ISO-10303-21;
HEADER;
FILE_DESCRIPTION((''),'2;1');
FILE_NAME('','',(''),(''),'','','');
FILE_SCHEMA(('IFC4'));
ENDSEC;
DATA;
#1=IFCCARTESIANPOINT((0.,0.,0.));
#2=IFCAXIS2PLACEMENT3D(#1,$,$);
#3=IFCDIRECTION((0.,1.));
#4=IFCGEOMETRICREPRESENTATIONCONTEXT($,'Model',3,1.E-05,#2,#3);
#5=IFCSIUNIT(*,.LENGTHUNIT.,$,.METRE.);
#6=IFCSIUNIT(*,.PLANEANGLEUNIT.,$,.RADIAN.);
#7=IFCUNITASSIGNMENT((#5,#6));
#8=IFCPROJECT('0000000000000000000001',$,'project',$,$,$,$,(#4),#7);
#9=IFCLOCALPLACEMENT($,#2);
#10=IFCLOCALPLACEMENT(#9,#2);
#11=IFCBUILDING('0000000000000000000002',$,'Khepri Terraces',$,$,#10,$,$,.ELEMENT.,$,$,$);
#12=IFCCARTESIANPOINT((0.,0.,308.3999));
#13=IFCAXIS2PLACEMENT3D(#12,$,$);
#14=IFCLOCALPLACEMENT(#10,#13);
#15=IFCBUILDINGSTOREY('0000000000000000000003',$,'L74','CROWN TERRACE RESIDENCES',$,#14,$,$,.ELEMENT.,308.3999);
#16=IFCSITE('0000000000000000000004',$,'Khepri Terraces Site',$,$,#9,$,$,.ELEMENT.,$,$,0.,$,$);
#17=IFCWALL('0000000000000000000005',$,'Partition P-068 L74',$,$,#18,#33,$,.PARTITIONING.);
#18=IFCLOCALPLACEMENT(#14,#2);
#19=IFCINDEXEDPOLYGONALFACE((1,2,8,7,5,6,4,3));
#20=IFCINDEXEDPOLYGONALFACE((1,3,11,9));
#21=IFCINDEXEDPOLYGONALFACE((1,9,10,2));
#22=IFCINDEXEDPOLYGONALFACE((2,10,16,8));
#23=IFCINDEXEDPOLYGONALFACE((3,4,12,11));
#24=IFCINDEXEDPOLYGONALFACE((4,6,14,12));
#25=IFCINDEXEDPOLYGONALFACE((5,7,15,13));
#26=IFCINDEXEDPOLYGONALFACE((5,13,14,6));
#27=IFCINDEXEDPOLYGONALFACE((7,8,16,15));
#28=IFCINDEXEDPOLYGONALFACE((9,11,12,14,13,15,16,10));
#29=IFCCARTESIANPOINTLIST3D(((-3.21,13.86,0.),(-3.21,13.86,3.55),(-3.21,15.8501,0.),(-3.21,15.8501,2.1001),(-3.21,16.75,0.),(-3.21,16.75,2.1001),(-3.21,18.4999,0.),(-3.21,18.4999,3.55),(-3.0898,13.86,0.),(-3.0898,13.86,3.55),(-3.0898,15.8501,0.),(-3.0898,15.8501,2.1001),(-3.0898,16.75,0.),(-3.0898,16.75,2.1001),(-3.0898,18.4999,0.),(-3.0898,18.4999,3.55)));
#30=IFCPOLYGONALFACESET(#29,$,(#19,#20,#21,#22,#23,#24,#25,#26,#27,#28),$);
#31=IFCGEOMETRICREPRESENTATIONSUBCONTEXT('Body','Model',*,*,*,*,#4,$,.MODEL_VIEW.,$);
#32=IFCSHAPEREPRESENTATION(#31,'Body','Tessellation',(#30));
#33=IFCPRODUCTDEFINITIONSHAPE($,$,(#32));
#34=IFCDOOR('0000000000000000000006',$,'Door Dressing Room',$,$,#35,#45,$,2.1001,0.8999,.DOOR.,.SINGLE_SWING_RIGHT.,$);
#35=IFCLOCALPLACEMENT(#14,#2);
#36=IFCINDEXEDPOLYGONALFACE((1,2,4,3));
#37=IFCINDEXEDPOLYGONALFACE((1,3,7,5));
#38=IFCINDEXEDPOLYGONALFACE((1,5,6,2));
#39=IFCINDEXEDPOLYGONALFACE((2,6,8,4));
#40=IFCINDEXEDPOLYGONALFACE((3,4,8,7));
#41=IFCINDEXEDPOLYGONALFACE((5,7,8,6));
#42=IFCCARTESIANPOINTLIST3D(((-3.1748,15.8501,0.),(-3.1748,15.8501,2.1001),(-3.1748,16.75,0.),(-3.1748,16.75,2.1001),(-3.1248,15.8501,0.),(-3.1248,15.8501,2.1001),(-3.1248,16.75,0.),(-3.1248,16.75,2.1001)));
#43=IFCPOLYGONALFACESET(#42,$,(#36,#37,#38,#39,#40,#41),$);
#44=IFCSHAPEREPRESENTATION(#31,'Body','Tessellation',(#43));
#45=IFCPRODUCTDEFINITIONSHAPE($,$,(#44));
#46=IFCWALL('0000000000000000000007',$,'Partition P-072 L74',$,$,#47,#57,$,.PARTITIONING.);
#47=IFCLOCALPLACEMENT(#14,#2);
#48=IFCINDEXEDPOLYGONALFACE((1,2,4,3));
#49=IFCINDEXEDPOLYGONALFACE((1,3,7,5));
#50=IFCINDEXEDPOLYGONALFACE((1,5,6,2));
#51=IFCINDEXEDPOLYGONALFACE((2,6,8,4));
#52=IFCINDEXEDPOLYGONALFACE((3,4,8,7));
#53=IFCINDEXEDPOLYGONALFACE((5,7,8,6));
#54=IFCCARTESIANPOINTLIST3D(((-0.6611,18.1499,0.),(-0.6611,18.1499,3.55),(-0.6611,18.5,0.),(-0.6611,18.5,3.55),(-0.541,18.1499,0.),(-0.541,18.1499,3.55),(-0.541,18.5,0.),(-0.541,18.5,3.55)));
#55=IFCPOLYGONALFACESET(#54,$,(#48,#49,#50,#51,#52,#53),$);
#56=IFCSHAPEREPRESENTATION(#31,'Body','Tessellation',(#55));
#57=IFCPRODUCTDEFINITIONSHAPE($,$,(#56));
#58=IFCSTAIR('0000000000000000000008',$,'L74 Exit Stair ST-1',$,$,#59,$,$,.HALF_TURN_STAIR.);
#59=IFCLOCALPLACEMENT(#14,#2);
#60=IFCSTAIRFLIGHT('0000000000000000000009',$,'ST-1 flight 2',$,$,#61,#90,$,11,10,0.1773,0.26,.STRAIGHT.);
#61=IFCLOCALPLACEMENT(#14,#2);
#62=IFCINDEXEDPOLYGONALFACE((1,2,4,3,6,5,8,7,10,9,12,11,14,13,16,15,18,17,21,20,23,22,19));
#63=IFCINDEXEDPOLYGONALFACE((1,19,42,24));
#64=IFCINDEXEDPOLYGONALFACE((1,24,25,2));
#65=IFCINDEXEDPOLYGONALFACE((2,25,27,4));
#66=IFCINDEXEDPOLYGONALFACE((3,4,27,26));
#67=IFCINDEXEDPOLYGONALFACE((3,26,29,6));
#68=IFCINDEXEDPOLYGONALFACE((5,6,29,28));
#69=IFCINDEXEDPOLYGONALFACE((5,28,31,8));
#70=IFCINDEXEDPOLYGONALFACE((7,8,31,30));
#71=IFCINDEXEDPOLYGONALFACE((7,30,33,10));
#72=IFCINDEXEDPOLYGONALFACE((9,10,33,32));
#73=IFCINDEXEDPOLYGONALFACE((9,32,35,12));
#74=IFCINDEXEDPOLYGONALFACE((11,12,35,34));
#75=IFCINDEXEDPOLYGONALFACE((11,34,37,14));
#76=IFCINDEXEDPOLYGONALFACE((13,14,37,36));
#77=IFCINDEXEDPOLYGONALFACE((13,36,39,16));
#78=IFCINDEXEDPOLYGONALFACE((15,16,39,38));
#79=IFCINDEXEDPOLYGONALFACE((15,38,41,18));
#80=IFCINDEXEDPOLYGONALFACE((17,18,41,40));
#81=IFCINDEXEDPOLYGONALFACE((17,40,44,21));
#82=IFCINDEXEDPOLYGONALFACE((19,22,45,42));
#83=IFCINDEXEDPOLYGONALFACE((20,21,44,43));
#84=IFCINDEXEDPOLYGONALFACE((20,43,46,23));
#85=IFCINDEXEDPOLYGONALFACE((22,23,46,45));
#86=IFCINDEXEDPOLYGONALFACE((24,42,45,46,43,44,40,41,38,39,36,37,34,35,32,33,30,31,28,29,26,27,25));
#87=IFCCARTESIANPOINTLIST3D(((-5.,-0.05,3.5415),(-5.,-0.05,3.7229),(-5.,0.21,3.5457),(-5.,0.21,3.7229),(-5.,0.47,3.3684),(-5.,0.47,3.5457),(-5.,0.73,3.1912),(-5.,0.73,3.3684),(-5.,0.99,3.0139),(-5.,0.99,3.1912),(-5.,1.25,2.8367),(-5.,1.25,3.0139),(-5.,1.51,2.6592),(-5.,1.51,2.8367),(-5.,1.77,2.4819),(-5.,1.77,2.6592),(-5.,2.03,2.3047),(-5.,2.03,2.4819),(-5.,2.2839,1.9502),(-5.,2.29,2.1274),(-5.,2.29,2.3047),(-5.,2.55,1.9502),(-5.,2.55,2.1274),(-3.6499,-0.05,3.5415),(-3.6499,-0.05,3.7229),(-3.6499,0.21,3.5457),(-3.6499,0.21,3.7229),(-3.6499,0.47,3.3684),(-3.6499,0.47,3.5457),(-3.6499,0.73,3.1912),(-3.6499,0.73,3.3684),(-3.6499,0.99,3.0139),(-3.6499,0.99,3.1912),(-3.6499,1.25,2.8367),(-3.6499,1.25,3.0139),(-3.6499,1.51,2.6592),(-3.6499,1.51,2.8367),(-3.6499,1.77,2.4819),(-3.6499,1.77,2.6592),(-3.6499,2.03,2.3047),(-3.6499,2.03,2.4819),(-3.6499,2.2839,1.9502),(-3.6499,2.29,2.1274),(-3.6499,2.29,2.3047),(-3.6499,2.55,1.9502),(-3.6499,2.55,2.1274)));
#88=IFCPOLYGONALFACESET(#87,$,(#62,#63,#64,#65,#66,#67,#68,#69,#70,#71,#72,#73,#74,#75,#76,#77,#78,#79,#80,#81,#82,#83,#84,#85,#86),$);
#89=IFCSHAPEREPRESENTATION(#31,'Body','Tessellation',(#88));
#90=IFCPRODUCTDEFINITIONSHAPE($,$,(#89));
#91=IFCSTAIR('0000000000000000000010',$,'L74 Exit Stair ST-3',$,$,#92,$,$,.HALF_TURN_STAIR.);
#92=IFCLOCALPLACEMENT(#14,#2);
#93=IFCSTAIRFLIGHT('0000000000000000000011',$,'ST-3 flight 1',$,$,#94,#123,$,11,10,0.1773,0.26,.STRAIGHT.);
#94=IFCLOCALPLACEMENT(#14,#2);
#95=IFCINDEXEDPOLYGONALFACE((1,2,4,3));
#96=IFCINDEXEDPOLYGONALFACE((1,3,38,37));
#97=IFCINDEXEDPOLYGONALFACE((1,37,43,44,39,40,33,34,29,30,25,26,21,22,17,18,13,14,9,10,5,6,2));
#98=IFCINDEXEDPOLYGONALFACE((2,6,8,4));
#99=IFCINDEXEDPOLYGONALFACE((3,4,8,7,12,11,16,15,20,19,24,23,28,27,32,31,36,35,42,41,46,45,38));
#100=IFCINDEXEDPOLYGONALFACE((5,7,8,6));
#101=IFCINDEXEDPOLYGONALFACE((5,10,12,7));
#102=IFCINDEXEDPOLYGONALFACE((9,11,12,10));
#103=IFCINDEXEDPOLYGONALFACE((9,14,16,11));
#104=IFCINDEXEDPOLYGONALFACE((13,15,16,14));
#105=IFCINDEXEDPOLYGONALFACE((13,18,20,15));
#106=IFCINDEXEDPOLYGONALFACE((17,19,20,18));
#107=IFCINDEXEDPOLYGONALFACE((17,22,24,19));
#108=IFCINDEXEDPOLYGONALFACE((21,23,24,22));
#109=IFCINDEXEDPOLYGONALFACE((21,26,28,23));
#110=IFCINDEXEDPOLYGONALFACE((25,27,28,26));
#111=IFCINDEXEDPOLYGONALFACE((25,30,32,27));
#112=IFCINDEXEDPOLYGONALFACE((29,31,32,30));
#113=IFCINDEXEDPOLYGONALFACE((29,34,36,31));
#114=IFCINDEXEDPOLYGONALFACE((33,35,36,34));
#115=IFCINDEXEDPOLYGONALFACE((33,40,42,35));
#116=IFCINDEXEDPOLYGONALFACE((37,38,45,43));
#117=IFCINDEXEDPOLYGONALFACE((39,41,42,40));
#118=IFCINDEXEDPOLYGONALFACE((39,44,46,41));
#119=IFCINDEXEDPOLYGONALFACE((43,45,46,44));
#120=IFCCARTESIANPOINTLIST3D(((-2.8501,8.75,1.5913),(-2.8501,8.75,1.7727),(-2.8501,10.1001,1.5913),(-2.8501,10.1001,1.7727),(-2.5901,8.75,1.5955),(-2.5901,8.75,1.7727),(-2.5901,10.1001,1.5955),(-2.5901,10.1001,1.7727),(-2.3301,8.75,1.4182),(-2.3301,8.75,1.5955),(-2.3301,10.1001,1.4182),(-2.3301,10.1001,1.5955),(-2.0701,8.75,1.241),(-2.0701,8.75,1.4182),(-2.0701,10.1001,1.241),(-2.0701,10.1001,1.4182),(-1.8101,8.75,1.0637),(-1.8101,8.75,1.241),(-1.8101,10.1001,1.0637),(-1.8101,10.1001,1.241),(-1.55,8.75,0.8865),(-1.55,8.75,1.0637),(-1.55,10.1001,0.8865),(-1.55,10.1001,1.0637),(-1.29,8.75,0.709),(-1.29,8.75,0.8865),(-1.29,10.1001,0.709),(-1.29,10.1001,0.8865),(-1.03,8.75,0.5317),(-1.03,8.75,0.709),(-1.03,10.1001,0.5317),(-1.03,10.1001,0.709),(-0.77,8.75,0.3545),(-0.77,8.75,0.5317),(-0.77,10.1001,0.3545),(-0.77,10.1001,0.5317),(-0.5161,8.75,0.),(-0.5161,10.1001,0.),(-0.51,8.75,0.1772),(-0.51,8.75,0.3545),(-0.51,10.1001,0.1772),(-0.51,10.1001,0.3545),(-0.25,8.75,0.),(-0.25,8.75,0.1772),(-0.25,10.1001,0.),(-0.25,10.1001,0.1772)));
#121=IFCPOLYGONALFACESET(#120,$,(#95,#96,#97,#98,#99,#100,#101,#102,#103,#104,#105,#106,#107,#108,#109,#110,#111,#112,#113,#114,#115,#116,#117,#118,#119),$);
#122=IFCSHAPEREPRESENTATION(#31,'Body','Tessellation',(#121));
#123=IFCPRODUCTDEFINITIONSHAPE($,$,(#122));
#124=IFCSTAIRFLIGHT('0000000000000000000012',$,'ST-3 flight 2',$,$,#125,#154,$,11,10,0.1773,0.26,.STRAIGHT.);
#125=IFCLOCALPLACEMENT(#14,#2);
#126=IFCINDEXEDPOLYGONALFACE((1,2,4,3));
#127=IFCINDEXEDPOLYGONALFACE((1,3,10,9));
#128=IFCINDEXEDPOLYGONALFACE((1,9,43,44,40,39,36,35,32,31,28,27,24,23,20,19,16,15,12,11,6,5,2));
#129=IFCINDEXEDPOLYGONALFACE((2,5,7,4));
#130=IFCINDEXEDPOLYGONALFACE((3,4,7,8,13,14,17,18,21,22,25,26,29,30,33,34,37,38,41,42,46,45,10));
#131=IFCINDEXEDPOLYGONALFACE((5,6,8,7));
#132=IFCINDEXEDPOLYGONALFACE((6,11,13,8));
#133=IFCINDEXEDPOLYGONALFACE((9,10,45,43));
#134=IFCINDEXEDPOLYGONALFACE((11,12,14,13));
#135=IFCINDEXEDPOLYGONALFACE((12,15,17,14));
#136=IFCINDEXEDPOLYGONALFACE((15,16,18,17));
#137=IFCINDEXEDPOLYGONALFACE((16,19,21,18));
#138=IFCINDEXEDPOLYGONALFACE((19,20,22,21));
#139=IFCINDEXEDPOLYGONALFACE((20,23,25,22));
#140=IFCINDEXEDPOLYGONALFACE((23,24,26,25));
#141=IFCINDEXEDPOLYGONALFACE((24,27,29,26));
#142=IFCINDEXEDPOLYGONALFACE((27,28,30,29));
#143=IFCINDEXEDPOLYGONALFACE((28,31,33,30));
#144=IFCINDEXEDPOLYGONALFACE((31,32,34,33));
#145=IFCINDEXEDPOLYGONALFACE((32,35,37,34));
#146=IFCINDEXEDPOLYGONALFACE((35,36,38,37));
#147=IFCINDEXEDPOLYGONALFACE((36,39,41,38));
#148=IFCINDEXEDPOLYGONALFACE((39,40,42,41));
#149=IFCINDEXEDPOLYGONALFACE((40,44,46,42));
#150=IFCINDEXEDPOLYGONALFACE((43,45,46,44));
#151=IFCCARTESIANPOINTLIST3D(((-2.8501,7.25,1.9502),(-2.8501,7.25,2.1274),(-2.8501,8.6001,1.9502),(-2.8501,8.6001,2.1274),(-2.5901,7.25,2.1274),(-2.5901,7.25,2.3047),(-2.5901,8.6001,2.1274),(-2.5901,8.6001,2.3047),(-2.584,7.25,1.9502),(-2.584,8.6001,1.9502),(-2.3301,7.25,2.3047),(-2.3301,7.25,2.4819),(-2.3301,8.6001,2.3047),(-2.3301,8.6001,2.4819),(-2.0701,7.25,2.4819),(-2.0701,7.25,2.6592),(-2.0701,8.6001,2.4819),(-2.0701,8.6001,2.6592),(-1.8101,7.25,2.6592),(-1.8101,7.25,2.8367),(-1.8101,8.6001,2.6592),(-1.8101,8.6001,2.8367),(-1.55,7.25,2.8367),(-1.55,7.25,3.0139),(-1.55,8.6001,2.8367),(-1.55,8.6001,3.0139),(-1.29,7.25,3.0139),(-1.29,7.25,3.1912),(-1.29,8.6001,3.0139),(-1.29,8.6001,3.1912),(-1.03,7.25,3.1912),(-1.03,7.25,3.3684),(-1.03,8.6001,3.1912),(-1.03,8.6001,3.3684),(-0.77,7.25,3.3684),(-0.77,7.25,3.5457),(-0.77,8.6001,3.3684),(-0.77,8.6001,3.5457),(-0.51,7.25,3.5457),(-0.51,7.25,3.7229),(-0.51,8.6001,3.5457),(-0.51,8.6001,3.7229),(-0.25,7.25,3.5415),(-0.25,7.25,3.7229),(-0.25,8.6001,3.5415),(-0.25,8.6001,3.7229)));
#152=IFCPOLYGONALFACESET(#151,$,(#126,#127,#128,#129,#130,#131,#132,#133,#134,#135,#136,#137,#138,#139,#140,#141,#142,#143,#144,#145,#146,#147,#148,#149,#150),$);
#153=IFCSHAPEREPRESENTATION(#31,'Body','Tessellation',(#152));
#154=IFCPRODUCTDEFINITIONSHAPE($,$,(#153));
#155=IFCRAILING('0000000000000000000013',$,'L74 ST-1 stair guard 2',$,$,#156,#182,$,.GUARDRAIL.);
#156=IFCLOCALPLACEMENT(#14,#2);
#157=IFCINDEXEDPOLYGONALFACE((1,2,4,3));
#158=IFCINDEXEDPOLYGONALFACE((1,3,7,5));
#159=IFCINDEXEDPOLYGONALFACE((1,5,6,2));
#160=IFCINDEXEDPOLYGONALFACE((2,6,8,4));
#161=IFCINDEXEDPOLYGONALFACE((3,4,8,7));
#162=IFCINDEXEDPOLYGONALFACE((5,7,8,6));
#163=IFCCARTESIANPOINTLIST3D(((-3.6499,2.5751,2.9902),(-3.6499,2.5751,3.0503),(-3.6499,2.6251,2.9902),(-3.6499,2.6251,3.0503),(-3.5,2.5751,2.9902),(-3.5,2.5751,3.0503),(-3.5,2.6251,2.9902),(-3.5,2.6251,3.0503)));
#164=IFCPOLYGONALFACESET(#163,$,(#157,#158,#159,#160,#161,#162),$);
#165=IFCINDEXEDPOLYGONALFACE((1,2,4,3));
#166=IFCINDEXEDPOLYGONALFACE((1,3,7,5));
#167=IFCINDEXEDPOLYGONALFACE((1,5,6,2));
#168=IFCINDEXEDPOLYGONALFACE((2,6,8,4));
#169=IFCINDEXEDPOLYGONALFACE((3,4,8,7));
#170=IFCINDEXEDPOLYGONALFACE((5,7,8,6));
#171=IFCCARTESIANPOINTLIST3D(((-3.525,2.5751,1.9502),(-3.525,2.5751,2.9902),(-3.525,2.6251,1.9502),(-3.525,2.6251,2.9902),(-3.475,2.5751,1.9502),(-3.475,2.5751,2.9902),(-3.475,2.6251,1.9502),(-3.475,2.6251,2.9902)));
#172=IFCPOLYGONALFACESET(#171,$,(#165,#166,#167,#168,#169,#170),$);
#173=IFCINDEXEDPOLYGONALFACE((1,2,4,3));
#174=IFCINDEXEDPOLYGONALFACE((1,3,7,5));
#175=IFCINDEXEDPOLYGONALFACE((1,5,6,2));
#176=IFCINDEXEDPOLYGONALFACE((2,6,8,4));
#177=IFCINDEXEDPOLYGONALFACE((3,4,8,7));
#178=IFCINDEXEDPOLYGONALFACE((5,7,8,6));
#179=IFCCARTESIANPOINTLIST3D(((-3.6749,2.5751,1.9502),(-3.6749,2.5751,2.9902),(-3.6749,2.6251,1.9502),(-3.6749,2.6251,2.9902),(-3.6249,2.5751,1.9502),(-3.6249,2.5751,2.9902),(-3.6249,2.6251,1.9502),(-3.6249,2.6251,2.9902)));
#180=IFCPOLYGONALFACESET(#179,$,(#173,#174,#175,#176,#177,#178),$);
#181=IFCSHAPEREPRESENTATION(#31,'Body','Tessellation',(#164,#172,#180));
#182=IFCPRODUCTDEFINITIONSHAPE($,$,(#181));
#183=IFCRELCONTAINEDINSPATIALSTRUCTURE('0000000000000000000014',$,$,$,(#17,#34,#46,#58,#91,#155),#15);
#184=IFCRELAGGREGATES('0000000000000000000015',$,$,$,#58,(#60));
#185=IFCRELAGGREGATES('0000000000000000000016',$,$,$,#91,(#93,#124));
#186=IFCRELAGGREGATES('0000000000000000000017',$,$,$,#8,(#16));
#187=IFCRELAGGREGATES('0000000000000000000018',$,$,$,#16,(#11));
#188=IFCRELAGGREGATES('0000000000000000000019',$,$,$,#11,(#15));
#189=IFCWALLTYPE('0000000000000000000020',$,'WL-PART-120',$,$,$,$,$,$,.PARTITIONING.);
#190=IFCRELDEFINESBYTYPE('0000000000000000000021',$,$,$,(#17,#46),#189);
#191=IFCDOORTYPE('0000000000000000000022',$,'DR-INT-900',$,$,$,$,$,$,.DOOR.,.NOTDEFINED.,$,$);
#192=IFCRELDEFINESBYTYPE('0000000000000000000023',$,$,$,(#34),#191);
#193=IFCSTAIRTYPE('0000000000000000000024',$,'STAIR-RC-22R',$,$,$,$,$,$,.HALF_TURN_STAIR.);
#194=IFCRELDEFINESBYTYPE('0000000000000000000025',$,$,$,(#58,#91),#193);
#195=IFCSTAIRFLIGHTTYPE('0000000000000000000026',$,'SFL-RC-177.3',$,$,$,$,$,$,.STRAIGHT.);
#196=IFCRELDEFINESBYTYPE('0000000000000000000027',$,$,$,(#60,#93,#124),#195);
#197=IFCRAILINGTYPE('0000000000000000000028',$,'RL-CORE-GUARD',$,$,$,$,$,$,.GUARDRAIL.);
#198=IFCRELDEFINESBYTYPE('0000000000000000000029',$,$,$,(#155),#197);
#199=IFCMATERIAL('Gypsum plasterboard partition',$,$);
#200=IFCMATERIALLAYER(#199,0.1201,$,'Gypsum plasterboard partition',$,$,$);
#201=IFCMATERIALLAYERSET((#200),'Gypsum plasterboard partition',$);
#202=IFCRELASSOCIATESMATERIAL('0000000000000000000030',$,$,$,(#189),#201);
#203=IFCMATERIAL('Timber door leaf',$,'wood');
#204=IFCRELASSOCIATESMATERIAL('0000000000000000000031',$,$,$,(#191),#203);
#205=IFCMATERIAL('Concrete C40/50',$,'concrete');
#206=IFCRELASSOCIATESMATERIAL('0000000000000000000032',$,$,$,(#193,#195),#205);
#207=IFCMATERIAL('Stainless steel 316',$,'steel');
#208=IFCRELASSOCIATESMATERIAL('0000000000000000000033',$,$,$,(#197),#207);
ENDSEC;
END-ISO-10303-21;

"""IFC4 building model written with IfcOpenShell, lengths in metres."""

from ifc_helpers import new_model, si_unit, direction, frame, frame_2d, origin, origin_2d, place, context, subcontext, project, spatial, polyline, rectangle, outline, extrude, material, layer, layer_set, type_object, element, fill, aggregate, save


model = new_model("IFC4")

# Units and contexts
model_context = context("Model", 3, precision=1e-05, world=origin(), true_north=direction((0.0, 1.0)))
body_context = subcontext(model_context, "Body", "Model", "MODEL_VIEW")
ifc_project = project(units=[si_unit("LENGTHUNIT", "METRE"), si_unit("PLANEANGLEUNIT", "RADIAN")], contexts=[model_context])

# Site, building, storey
site_placement = place(None, origin())
site = spatial("IfcSite", under=ifc_project, at=site_placement, Name="Khepri Terraces Site", CompositionType="ELEMENT", RefElevation=0.0)
building_placement = place(site_placement, origin())
building = spatial("IfcBuilding", under=site, at=building_placement, Name="Khepri Terraces", CompositionType="ELEMENT")
storey_placement = place(building_placement, frame((0.0, 0.0, 308.3999)))
storey = spatial("IfcBuildingStorey", under=building, at=storey_placement, Name="L74", Description="CROWN TERRACE RESIDENCES", CompositionType="ELEMENT", Elevation=308.3999)

# Shared definitions
ifc_material_1 = material(Name="Concrete C40/50", Category="concrete")

# Shared definitions
ifc_material_2 = material(Name="Gypsum plasterboard partition")
ifc_layer_1 = layer(ifc_material_2, 0.1201, Name="Gypsum plasterboard partition")
ifc_layer_set_1 = layer_set([ifc_layer_1], Name="Gypsum plasterboard partition")
wall_type_1 = type_object("IfcWallType", Name="WL-PART-120", PredefinedType="PARTITIONING", material=ifc_layer_set_1)

# Wall, opening, door
wall_1_placement = place(storey_placement, frame((-3.1499, 13.8601, 0.0), z_axis=(0.0, 0.0, 1.0), x_axis=(0.0, 1.0, 0.0)))
wall_1 = element("IfcWall", 1, at=wall_1_placement, inside=storey, type_object=wall_type_1, Name="Partition P-068 L74", PredefinedType="PARTITIONING", context=body_context, shape_type="SweptSolid", body=[
    extrude(rectangle(XDim=4.6399, YDim=0.1201, at=frame_2d((2.3198, 0.0))), origin(), (0.0, 0.0, 1.0), 3.55),
])
opening_1_placement = place(wall_1_placement, frame((1.99, 0.0, 0.0)))
opening_1 = element("IfcOpeningElement", 2, at=opening_1_placement, cuts=wall_1, PredefinedType="OPENING", context=body_context, shape_type="SweptSolid", body=[
    extrude(rectangle(XDim=0.8999, YDim=2.1001, at=frame_2d((0.45, 1.05))), frame((0.0, 0.0701, 0.0), z_axis=(0.0, -1.0, 0.0), x_axis=(1.0, 0.0, 0.0)), (0.0, 0.0, 1.0), 0.1401),
])
ifc_material_3 = material(Name="Timber door leaf", Category="wood")
door_type_1 = type_object("IfcDoorType", Name="DR-INT-900", OperationType="NOTDEFINED", PredefinedType="DOOR", material=ifc_material_3)
door_1_placement = place(opening_1_placement, origin())
door_1 = element("IfcDoor", 3, at=door_1_placement, inside=storey, type_object=door_type_1, Name="Door Dressing Room", OperationType="SINGLE_SWING_RIGHT", OverallHeight=2.1001, OverallWidth=0.8999, PredefinedType="DOOR", context=body_context, shape_type="SweptSolid", body=[
    extrude(rectangle(XDim=0.8999, YDim=2.1001, at=frame_2d((0.45, 1.05))), frame((0.0, 0.0249, 0.0), z_axis=(0.0, -1.0, 0.0), x_axis=(1.0, 0.0, 0.0)), (0.0, 0.0, 1.0), 0.05),
])
fill(opening_1, door_1)

# Wall
wall_2_placement = place(storey_placement, frame((-0.6011, 18.1499, 0.0), z_axis=(0.0, 0.0, 1.0), x_axis=(0.0, 1.0, 0.0)))
element("IfcWall", 4, at=wall_2_placement, inside=storey, type_object=wall_type_1, Name="Partition P-072 L74", PredefinedType="PARTITIONING", context=body_context, shape_type="SweptSolid", body=[
    extrude(rectangle(XDim=0.3501, YDim=0.1201, at=frame_2d((0.175, 0.0))), origin(), (0.0, 0.0, 1.0), 3.55),
])

# Stair, stair flight
stair_type = type_object("IfcStairType", Name="STAIR-RC-22R", PredefinedType="HALF_TURN_STAIR", material=ifc_material_1)
stair_1_placement = place(storey_placement, origin())
stair_1 = element("IfcStair", 5, at=stair_1_placement, inside=storey, type_object=stair_type, Name="L74 Exit Stair ST-1", PredefinedType="HALF_TURN_STAIR")
stair_flight_type = type_object("IfcStairFlightType", Name="SFL-RC-177.3", PredefinedType="STRAIGHT", material=ifc_material_1)
stair_flight_1_placement = place(storey_placement, frame((-4.325, 2.55, 1.9502), z_axis=(0.0, 0.0, 1.0), x_axis=(0.0, -1.0, 0.0)))
stair_flight_1 = element("IfcStairFlight", 6, at=stair_flight_1_placement, type_object=stair_flight_type, Name="ST-1 flight 2", NumberOfRisers=11, NumberOfTreads=10, PredefinedType="STRAIGHT", RiserHeight=0.1773, TreadLength=0.26, context=body_context, shape_type="SweptSolid", body=[
    extrude(outline(polyline([(0.0, 0.0), (0.0, 0.1772), (0.26, 0.1772), (0.26, 0.3545), (0.52, 0.3545), (0.52, 0.5317), (0.78, 0.5317), (0.78, 0.709), (1.04, 0.709), (1.04, 0.8865), (1.3, 0.8865), (1.3, 1.0637), (1.5601, 1.0637), (1.5601, 1.241), (1.8201, 1.241), (1.8201, 1.4182), (2.0801, 1.4182), (2.0801, 1.5955), (2.3401, 1.5955), (2.3401, 1.7727), (2.6001, 1.7727), (2.6001, 1.95), (2.6001, 1.5913), (0.2661, 0.0), (0.0, 0.0)])), frame((0.0, 0.675, 0.0), z_axis=(0.0, -1.0, 0.0), x_axis=(1.0, 0.0, 0.0)), (0.0, 0.0, 1.0), 1.3501),
])
aggregate(stair_1, [stair_flight_1])

# Stair, stair flights
stair_2_placement = place(storey_placement, origin())
stair_2 = element("IfcStair", 7, at=stair_2_placement, inside=storey, type_object=stair_type, Name="L74 Exit Stair ST-3", PredefinedType="HALF_TURN_STAIR")
stair_flight_2_placement = place(storey_placement, frame((-0.25, 9.425, 0.0), z_axis=(0.0, 0.0, 1.0), x_axis=(-1.0, 0.0, 0.0)))
stair_flight_2 = element("IfcStairFlight", 8, at=stair_flight_2_placement, type_object=stair_flight_type, Name="ST-3 flight 1", NumberOfRisers=11, NumberOfTreads=10, PredefinedType="STRAIGHT", RiserHeight=0.1773, TreadLength=0.26, context=body_context, shape_type="SweptSolid", body=[
    extrude(outline(polyline([(0.0, 0.0), (0.0, 0.1772), (0.26, 0.1772), (0.26, 0.3545), (0.52, 0.3545), (0.52, 0.5317), (0.78, 0.5317), (0.78, 0.709), (1.04, 0.709), (1.04, 0.8865), (1.3, 0.8865), (1.3, 1.0637), (1.5601, 1.0637), (1.5601, 1.241), (1.8201, 1.241), (1.8201, 1.4182), (2.0801, 1.4182), (2.0801, 1.5955), (2.3401, 1.5955), (2.3401, 1.7727), (2.6001, 1.7727), (2.6001, 1.95), (2.6001, 1.5913), (0.2661, 0.0), (0.0, 0.0)])), frame((0.0, 0.675, 0.0), z_axis=(0.0, -1.0, 0.0), x_axis=(1.0, 0.0, 0.0)), (0.0, 0.0, 1.0), 1.3501),
])
stair_flight_3_placement = place(storey_placement, frame((-2.8501, 7.925, 1.9502), z_axis=(0.0, 0.0, 1.0), x_axis=(1.0, 0.0, 0.0)))
stair_flight_3 = element("IfcStairFlight", 9, at=stair_flight_3_placement, type_object=stair_flight_type, Name="ST-3 flight 2", NumberOfRisers=11, NumberOfTreads=10, PredefinedType="STRAIGHT", RiserHeight=0.1773, TreadLength=0.26, context=body_context, shape_type="SweptSolid", body=[
    extrude(outline(polyline([(0.0, 0.0), (0.0, 0.1772), (0.26, 0.1772), (0.26, 0.3545), (0.52, 0.3545), (0.52, 0.5317), (0.78, 0.5317), (0.78, 0.709), (1.04, 0.709), (1.04, 0.8865), (1.3, 0.8865), (1.3, 1.0637), (1.5601, 1.0637), (1.5601, 1.241), (1.8201, 1.241), (1.8201, 1.4182), (2.0801, 1.4182), (2.0801, 1.5955), (2.3401, 1.5955), (2.3401, 1.7727), (2.6001, 1.7727), (2.6001, 1.95), (2.6001, 1.5913), (0.2661, 0.0), (0.0, 0.0)])), frame((0.0, 0.675, 0.0), z_axis=(0.0, -1.0, 0.0), x_axis=(1.0, 0.0, 0.0)), (0.0, 0.0, 1.0), 1.3501),
])
aggregate(stair_2, [stair_flight_2, stair_flight_3])

# Railing
ifc_material_4 = material(Name="Stainless steel 316", Category="steel")
railing_type_1 = type_object("IfcRailingType", Name="RL-CORE-GUARD", PredefinedType="GUARDRAIL", material=ifc_material_4)
railing_1_placement = place(storey_placement, frame((-3.5, 2.6001, 1.9502)))
element("IfcRailing", 10, at=railing_1_placement, inside=storey, type_object=railing_type_1, Name="L74 ST-1 stair guard 2", PredefinedType="GUARDRAIL", context=body_context, shape_type="SweptSolid", body=[
    extrude(rectangle(XDim=0.05, YDim=0.0601, at=origin_2d()), frame((0.0, 0.0, 1.0701), z_axis=(-1.0, 0.0, 0.0), x_axis=(0.0, -1.0, 0.0)), (0.0, 0.0, 1.0), 0.1499),
    extrude(rectangle(XDim=0.05, YDim=0.05, at=origin_2d()), origin(), (0.0, 0.0, 1.0), 1.04),
    extrude(rectangle(XDim=0.05, YDim=0.05, at=origin_2d()), frame((-0.1499, 0.0, 0.0)), (0.0, 0.0, 1.0), 1.04),
])

save(model, "model.ifc")
